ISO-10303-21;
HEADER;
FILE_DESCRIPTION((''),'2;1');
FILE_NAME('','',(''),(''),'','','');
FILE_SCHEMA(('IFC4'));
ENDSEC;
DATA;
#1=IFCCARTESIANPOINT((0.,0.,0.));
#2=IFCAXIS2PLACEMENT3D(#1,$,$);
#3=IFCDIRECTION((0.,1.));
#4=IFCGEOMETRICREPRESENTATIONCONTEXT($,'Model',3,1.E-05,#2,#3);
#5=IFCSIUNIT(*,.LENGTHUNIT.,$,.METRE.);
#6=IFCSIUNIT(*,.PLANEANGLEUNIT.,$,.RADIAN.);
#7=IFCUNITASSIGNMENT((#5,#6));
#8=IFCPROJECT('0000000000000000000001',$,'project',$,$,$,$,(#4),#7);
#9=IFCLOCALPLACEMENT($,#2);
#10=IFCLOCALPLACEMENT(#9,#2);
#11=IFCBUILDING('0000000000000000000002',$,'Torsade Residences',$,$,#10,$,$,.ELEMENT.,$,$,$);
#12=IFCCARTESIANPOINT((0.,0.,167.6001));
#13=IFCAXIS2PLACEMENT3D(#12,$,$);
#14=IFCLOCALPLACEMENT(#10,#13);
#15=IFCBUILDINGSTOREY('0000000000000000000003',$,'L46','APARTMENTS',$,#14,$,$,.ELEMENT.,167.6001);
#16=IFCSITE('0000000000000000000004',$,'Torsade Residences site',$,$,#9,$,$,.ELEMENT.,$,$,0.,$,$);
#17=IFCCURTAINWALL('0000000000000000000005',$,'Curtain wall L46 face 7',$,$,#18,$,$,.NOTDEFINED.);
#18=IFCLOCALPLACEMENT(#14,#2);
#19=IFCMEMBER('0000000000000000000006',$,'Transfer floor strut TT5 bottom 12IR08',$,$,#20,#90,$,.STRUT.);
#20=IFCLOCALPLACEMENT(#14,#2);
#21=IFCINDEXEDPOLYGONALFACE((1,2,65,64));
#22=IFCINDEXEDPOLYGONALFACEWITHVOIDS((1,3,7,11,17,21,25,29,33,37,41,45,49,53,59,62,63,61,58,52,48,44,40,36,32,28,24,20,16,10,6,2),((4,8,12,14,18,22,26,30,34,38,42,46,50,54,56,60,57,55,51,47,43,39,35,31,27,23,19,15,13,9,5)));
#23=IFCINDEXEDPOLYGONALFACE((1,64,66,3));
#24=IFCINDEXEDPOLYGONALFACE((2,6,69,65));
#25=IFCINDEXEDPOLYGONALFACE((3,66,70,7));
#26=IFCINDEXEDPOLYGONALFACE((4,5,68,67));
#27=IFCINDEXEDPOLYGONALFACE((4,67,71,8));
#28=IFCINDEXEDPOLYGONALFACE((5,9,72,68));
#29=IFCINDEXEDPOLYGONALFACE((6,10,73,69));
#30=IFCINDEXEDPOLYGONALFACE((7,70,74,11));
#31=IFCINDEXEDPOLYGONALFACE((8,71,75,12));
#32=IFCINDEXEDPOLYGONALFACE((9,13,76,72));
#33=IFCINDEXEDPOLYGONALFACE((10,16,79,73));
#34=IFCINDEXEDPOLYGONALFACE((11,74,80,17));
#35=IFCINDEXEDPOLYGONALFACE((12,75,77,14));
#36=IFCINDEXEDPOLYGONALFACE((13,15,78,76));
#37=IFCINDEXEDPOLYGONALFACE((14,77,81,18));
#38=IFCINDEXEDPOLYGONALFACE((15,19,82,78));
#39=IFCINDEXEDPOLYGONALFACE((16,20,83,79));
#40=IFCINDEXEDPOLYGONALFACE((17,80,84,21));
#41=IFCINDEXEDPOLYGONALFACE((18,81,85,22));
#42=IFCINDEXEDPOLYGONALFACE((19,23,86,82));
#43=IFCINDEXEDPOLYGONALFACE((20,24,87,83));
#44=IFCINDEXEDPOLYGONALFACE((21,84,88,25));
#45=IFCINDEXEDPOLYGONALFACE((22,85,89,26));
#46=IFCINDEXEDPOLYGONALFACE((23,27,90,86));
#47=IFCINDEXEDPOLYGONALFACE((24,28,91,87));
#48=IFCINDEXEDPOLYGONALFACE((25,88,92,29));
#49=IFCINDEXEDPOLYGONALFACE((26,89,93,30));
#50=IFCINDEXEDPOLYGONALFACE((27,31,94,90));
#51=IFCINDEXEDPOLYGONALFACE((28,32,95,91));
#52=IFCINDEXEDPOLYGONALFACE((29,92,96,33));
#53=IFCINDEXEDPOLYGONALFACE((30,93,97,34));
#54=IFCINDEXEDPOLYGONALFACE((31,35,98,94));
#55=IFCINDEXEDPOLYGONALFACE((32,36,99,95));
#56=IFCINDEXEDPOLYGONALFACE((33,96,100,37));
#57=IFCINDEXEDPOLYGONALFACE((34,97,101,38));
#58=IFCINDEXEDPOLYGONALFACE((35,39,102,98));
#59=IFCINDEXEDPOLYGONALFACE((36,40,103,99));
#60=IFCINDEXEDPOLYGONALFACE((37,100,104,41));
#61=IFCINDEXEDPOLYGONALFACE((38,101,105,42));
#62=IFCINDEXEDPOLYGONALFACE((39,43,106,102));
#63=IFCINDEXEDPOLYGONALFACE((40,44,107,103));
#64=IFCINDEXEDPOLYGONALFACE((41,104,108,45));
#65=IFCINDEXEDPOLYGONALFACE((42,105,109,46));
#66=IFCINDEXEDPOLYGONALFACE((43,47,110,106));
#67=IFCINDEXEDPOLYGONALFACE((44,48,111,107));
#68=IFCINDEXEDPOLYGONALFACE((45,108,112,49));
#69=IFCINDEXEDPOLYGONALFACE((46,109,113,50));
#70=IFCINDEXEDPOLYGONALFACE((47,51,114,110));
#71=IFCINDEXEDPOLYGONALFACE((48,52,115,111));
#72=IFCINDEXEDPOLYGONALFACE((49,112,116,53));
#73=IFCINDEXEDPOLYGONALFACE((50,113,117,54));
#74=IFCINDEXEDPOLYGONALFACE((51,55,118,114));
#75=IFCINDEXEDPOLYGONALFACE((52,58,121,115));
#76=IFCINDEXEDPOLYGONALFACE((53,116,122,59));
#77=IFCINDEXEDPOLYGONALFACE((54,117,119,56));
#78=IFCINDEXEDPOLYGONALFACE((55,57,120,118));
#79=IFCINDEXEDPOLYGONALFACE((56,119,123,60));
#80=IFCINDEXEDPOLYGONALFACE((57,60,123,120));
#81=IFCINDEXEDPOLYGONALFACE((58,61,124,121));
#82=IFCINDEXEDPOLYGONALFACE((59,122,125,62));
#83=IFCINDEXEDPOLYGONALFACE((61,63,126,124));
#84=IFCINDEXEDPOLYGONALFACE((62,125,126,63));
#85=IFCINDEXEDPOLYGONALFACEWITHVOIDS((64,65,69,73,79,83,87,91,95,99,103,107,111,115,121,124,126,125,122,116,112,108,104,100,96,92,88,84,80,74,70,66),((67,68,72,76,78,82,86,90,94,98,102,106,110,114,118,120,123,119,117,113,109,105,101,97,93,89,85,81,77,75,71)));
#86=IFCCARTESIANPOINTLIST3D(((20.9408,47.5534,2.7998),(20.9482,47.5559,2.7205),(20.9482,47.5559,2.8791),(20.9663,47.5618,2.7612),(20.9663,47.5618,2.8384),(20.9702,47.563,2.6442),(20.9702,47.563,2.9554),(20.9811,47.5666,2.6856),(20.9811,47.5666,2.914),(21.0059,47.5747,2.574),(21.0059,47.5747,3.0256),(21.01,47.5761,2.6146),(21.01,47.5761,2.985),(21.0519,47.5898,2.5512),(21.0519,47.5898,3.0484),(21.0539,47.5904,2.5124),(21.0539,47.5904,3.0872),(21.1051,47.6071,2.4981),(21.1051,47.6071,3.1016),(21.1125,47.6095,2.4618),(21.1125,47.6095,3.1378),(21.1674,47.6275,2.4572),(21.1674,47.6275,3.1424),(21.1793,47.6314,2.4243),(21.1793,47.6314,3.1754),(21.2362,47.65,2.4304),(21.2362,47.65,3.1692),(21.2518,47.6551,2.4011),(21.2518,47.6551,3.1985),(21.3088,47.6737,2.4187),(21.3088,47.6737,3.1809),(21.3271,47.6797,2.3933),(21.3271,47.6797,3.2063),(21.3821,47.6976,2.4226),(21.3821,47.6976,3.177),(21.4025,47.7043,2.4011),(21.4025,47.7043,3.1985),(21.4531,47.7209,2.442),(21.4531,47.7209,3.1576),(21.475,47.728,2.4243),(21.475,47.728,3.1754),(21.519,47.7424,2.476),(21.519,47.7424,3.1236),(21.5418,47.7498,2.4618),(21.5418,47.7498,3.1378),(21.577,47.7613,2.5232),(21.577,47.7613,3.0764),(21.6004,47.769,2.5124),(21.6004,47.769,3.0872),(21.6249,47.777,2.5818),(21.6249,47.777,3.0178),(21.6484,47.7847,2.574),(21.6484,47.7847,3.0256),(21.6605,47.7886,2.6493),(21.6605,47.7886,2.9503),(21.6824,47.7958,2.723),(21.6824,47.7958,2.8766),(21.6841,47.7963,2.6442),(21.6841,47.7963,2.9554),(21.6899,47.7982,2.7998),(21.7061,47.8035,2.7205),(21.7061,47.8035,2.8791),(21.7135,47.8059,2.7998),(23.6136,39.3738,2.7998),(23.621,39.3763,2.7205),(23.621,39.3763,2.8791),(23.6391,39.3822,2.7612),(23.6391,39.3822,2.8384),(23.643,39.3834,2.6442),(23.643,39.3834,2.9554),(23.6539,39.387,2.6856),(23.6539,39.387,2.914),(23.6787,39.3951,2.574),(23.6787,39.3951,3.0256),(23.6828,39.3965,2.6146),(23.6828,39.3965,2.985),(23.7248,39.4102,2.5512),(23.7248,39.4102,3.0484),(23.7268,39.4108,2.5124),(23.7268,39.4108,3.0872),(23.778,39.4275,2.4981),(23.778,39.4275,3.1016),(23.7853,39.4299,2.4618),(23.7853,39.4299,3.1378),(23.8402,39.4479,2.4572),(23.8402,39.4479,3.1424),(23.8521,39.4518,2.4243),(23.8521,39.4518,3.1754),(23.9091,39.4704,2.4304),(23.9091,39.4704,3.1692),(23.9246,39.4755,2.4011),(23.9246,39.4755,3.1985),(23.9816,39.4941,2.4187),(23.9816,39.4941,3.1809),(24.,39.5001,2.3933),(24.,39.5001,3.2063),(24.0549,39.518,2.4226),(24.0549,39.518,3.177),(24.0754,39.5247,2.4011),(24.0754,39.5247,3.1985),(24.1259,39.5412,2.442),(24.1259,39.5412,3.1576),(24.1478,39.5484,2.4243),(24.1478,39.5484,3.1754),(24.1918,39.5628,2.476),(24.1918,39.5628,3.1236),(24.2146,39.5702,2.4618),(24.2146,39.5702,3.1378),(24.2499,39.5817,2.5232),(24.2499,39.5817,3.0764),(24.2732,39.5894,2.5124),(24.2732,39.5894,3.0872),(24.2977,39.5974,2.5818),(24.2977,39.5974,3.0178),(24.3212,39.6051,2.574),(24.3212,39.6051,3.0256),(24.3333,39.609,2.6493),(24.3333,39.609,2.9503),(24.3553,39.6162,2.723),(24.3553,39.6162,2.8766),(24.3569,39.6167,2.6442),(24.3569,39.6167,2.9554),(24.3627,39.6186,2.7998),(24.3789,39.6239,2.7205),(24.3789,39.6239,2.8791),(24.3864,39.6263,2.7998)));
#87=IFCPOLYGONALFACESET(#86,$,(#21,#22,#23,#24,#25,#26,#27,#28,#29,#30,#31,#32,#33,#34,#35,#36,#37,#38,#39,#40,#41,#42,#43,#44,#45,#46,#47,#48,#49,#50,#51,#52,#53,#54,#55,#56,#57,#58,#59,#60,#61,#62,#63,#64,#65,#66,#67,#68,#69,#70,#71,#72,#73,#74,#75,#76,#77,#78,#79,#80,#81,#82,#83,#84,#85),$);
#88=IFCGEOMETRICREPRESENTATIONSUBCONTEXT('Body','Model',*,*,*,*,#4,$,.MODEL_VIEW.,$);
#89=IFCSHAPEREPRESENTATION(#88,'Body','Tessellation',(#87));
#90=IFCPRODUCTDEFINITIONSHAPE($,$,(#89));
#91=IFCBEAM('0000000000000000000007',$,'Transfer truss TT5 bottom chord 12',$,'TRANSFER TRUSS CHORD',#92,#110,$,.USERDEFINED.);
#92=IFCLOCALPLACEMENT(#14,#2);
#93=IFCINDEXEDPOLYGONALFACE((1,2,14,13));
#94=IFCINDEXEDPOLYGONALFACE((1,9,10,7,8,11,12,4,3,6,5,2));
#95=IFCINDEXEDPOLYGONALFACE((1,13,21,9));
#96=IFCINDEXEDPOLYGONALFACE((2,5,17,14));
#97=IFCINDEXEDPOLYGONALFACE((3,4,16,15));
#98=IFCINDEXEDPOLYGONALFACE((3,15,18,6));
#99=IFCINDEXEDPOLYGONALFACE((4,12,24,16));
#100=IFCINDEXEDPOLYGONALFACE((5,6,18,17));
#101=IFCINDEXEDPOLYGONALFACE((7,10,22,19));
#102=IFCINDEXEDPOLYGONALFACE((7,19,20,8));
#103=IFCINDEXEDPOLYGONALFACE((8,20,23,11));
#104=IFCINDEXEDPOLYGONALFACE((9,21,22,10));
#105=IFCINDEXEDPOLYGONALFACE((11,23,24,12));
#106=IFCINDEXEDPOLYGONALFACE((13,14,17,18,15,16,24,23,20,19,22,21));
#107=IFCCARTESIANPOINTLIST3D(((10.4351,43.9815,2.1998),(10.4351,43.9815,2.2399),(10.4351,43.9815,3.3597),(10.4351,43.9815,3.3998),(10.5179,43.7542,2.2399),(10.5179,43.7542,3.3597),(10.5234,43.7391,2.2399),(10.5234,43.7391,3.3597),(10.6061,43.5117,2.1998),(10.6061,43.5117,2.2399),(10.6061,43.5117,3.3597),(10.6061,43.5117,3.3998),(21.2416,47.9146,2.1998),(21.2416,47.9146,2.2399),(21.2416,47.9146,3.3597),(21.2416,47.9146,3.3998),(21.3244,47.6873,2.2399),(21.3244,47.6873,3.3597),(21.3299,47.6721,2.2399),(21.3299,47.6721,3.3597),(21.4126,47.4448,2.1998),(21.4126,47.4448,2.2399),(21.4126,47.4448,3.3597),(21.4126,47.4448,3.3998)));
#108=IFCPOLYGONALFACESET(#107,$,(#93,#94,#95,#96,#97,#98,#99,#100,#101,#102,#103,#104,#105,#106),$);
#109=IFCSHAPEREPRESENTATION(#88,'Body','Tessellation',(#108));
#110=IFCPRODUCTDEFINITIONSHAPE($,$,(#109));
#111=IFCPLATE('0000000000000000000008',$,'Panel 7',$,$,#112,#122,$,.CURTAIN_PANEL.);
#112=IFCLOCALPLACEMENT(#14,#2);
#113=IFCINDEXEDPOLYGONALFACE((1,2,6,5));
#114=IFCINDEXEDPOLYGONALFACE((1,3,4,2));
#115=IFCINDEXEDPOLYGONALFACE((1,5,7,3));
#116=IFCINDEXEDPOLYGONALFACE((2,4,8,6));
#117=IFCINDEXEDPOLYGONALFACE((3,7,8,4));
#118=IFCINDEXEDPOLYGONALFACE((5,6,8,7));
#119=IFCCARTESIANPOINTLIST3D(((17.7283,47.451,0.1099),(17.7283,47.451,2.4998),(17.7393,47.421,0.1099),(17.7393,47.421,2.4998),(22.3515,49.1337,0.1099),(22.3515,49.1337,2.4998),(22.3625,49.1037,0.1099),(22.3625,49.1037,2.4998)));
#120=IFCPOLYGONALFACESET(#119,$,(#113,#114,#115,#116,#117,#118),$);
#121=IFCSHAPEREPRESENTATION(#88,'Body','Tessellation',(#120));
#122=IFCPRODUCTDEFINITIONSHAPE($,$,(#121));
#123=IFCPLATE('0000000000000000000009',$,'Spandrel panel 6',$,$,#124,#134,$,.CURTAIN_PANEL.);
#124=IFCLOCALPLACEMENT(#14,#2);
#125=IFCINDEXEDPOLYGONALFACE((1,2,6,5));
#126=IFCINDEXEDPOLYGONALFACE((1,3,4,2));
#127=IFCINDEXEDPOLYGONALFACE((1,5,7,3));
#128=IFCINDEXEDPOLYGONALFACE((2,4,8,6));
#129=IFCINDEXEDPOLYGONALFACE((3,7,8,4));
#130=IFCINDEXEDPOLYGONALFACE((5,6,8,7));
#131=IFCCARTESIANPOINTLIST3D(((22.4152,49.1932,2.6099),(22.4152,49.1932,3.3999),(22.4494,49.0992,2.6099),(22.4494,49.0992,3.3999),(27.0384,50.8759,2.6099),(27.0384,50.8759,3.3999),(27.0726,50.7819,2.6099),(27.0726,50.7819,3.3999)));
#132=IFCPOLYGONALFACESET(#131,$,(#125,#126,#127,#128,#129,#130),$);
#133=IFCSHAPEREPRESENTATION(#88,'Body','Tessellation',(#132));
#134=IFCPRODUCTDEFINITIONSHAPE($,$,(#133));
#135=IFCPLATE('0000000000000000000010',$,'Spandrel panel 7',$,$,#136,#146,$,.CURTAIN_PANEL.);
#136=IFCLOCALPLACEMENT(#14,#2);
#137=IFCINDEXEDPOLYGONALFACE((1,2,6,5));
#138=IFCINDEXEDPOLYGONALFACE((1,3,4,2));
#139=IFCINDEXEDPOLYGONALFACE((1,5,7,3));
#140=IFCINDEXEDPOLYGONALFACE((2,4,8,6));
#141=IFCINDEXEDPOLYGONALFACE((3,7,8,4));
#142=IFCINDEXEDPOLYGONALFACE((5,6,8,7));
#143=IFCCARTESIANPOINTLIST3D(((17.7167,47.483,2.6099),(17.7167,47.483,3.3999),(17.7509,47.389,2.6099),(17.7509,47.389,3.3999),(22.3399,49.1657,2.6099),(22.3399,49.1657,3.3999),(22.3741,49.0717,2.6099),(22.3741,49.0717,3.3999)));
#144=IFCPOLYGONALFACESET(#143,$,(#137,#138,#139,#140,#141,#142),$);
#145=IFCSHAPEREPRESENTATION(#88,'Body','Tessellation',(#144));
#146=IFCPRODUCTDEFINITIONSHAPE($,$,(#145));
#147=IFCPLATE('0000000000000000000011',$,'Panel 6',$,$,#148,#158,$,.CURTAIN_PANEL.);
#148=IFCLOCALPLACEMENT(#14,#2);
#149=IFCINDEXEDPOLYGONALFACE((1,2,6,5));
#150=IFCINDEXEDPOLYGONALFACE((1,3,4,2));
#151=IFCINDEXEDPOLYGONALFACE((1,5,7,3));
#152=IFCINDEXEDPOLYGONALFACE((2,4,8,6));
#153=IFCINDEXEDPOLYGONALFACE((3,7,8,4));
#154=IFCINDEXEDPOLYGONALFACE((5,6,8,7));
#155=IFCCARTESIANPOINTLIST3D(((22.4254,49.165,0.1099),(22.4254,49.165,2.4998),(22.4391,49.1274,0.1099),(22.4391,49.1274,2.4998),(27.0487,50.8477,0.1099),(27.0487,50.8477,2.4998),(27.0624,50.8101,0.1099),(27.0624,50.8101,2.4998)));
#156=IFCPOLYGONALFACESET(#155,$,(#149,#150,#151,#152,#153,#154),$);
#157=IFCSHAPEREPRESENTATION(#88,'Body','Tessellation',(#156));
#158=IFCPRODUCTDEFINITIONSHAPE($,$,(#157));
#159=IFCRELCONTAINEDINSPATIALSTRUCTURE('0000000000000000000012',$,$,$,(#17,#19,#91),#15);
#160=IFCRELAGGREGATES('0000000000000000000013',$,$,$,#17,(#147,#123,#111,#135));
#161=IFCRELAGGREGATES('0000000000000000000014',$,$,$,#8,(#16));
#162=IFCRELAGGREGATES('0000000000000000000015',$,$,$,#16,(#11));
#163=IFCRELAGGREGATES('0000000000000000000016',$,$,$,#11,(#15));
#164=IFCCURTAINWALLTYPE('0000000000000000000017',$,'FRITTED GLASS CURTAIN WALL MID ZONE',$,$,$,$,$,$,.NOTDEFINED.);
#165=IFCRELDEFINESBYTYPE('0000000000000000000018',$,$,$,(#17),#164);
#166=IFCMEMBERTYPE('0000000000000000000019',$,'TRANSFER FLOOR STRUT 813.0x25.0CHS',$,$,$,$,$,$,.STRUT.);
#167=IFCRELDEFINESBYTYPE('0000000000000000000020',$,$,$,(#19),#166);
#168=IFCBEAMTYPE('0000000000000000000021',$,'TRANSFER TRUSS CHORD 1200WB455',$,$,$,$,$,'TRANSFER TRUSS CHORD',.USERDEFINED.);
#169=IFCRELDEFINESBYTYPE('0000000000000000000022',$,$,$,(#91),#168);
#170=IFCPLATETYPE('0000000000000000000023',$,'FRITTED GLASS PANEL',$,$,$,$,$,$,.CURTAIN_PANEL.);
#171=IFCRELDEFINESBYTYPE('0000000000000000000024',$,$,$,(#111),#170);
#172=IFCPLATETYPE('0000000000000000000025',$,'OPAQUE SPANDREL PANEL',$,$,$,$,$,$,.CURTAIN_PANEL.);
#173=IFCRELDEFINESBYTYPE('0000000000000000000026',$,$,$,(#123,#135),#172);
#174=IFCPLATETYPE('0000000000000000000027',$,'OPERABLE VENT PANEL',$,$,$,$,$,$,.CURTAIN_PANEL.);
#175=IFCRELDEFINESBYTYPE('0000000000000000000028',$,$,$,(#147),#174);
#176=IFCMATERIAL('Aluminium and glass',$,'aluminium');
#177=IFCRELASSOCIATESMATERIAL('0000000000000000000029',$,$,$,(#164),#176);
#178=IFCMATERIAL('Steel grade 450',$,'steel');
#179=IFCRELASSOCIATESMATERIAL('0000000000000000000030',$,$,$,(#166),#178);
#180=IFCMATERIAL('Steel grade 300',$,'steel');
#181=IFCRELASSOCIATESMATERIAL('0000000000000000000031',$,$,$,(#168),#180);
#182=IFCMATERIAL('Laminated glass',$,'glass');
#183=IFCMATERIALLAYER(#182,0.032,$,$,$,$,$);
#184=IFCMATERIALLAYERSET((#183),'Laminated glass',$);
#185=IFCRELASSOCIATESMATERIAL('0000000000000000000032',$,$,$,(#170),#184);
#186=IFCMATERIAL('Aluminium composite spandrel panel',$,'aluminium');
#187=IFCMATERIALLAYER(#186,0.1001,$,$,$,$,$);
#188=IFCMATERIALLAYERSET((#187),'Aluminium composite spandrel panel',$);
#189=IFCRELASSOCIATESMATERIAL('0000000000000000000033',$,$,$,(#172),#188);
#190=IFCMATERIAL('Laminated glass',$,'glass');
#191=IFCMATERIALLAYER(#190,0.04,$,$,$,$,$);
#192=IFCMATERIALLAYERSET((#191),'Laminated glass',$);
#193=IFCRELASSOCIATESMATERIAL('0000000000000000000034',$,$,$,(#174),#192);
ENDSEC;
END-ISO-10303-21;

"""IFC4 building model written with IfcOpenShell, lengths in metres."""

from ifc_helpers import new_model, si_unit, direction, frame, origin, origin_2d, place, context, subcontext, project, spatial, rectangle, hollow_circle, i_section, extrude, material, layer, layer_set, material_profile, profile_set, type_object, element, aggregate, save


model = new_model("IFC4")

# Units and contexts
model_context = context("Model", 3, precision=1e-05, world=origin(), true_north=direction((0.0, 1.0)))
body_context = subcontext(model_context, "Body", "Model", "MODEL_VIEW")
ifc_project = project(units=[si_unit("LENGTHUNIT", "METRE"), si_unit("PLANEANGLEUNIT", "RADIAN")], contexts=[model_context])

# Site, building, storey
site_placement = place(None, origin())
site = spatial("IfcSite", under=ifc_project, at=site_placement, Name="Torsade Residences site", CompositionType="ELEMENT", RefElevation=0.0)
building_placement = place(site_placement, origin())
building = spatial("IfcBuilding", under=site, at=building_placement, Name="Torsade Residences", CompositionType="ELEMENT")
storey_placement = place(building_placement, frame((0.0, 0.0, 167.6001)))
storey = spatial("IfcBuildingStorey", under=building, at=storey_placement, Name="L46", Description="APARTMENTS", CompositionType="ELEMENT", Elevation=167.6001)

# Curtain wall
ifc_material_1 = material(Name="Aluminium and glass", Category="aluminium")
curtain_wall_type = type_object("IfcCurtainWallType", Name="FRITTED GLASS CURTAIN WALL MID ZONE", PredefinedType="NOTDEFINED", material=ifc_material_1)
curtain_wall_placement = place(storey_placement, origin())
curtain_wall = element("IfcCurtainWall", 1, at=curtain_wall_placement, inside=storey, type_object=curtain_wall_type, Name="Curtain wall L46 face 7", PredefinedType="NOTDEFINED")

# Member
ifc_material_2 = material(Name="Steel grade 450", Category="steel")
ifc_material_profile_1 = material_profile(ifc_material_2, hollow_circle(Radius=0.4065, WallThickness=0.0249, at=origin_2d()), Name="813.0x25.0CHS")
ifc_profile_set_1 = profile_set([ifc_material_profile_1], Name="Steel grade 450")
member_type_1 = type_object("IfcMemberType", Name="TRANSFER FLOOR STRUT 813.0x25.0CHS", PredefinedType="STRUT", material=ifc_profile_set_1)
member_1_placement = place(storey_placement, frame((21.3271, 47.6797, 2.7998), z_axis=(0.310605, -0.950539, 0.0), x_axis=(0.950539, 0.310605, 0.0)))
element("IfcMember", 2, at=member_1_placement, inside=storey, type_object=member_type_1, Name="Transfer floor strut TT5 bottom 12IR08", PredefinedType="STRUT", context=body_context, shape_type="SweptSolid", body=[
    extrude(hollow_circle(Radius=0.4065, WallThickness=0.0249, at=origin_2d()), origin(), (0.0, 0.0, 1.0), 8.6052),
])

# Beam
ifc_material_3 = material(Name="Steel grade 300", Category="steel")
ifc_material_profile_2 = material_profile(ifc_material_3, i_section(OverallWidth=0.5, OverallDepth=1.2, WebThickness=0.0161, FlangeThickness=0.04, at=origin_2d()), Name="1200WB455")
ifc_profile_set_2 = profile_set([ifc_material_profile_2], Name="Steel grade 300")
beam_type_1 = type_object("IfcBeamType", Name="TRANSFER TRUSS CHORD 1200WB455", ElementType="TRANSFER TRUSS CHORD", PredefinedType="USERDEFINED", material=ifc_profile_set_2)
beam_1_placement = place(storey_placement, frame((21.3271, 47.6797, 2.7998), z_axis=(-0.939698, -0.342006, 0.0), x_axis=(0.342006, -0.939698, 0.0)))
element("IfcBeam", 3, at=beam_1_placement, inside=storey, type_object=beam_type_1, Name="Transfer truss TT5 bottom chord 12", ObjectType="TRANSFER TRUSS CHORD", PredefinedType="USERDEFINED", context=body_context, shape_type="SweptSolid", body=[
    extrude(i_section(OverallWidth=0.5, OverallDepth=1.2, WebThickness=0.0161, FlangeThickness=0.04, at=origin_2d()), origin(), (0.0, 0.0, 1.0), 11.5),
])

# Plates
ifc_material_4 = material(Name="Laminated glass", Category="glass")
ifc_layer_1 = layer(ifc_material_4, 0.032)
ifc_layer_set_1 = layer_set([ifc_layer_1], Name="Laminated glass")
plate_type_1 = type_object("IfcPlateType", Name="FRITTED GLASS PANEL", PredefinedType="CURTAIN_PANEL", material=ifc_layer_set_1)
plate_1_placement = place(storey_placement, frame((20.0454, 48.2773, 0.1099), z_axis=(0.0, 0.0, 1.0), x_axis=(-0.939693, -0.34202, 0.0)))
plate_1 = element("IfcPlate", 4, at=plate_1_placement, type_object=plate_type_1, Name="Panel 7", PredefinedType="CURTAIN_PANEL", context=body_context, shape_type="SweptSolid", body=[
    extrude(rectangle(XDim=4.9199, YDim=0.032, at=origin_2d()), origin(), (0.0, 0.0, 1.0), 2.3899),
])
ifc_material_5 = material(Name="Aluminium composite spandrel panel", Category="aluminium")
ifc_layer_2 = layer(ifc_material_5, 0.1001)
ifc_layer_set_2 = layer_set([ifc_layer_2], Name="Aluminium composite spandrel panel")
plate_type_2 = type_object("IfcPlateType", Name="OPAQUE SPANDREL PANEL", PredefinedType="CURTAIN_PANEL", material=ifc_layer_set_2)
plate_2_placement = place(storey_placement, frame((24.7439, 49.9875, 2.6099), z_axis=(0.0, 0.0, 1.0), x_axis=(-0.939693, -0.34202, 0.0)))
plate_2 = element("IfcPlate", 5, at=plate_2_placement, type_object=plate_type_2, Name="Spandrel panel 6", PredefinedType="CURTAIN_PANEL", context=body_context, shape_type="SweptSolid", body=[
    extrude(rectangle(XDim=4.9199, YDim=0.1001, at=origin_2d()), origin(), (0.0, 0.0, 1.0), 0.79),
])
plate_3_placement = place(storey_placement, frame((20.0454, 48.2773, 2.6099), z_axis=(0.0, 0.0, 1.0), x_axis=(-0.939693, -0.34202, 0.0)))
plate_3 = element("IfcPlate", 6, at=plate_3_placement, type_object=plate_type_2, Name="Spandrel panel 7", PredefinedType="CURTAIN_PANEL", context=body_context, shape_type="SweptSolid", body=[
    extrude(rectangle(XDim=4.9199, YDim=0.1001, at=origin_2d()), origin(), (0.0, 0.0, 1.0), 0.79),
])
ifc_material_6 = material(Name="Laminated glass", Category="glass")
ifc_layer_3 = layer(ifc_material_6, 0.04)
ifc_layer_set_3 = layer_set([ifc_layer_3], Name="Laminated glass")
plate_type_3 = type_object("IfcPlateType", Name="OPERABLE VENT PANEL", PredefinedType="CURTAIN_PANEL", material=ifc_layer_set_3)
plate_4_placement = place(storey_placement, frame((24.7439, 49.9875, 0.1099), z_axis=(0.0, 0.0, 1.0), x_axis=(-0.939693, -0.34202, 0.0)))
plate_4 = element("IfcPlate", 7, at=plate_4_placement, type_object=plate_type_3, Name="Panel 6", PredefinedType="CURTAIN_PANEL", context=body_context, shape_type="SweptSolid", body=[
    extrude(rectangle(XDim=4.9199, YDim=0.04, at=origin_2d()), origin(), (0.0, 0.0, 1.0), 2.3899),
])
aggregate(curtain_wall, [plate_4, plate_2, plate_1, plate_3])

save(model, "model.ifc")
